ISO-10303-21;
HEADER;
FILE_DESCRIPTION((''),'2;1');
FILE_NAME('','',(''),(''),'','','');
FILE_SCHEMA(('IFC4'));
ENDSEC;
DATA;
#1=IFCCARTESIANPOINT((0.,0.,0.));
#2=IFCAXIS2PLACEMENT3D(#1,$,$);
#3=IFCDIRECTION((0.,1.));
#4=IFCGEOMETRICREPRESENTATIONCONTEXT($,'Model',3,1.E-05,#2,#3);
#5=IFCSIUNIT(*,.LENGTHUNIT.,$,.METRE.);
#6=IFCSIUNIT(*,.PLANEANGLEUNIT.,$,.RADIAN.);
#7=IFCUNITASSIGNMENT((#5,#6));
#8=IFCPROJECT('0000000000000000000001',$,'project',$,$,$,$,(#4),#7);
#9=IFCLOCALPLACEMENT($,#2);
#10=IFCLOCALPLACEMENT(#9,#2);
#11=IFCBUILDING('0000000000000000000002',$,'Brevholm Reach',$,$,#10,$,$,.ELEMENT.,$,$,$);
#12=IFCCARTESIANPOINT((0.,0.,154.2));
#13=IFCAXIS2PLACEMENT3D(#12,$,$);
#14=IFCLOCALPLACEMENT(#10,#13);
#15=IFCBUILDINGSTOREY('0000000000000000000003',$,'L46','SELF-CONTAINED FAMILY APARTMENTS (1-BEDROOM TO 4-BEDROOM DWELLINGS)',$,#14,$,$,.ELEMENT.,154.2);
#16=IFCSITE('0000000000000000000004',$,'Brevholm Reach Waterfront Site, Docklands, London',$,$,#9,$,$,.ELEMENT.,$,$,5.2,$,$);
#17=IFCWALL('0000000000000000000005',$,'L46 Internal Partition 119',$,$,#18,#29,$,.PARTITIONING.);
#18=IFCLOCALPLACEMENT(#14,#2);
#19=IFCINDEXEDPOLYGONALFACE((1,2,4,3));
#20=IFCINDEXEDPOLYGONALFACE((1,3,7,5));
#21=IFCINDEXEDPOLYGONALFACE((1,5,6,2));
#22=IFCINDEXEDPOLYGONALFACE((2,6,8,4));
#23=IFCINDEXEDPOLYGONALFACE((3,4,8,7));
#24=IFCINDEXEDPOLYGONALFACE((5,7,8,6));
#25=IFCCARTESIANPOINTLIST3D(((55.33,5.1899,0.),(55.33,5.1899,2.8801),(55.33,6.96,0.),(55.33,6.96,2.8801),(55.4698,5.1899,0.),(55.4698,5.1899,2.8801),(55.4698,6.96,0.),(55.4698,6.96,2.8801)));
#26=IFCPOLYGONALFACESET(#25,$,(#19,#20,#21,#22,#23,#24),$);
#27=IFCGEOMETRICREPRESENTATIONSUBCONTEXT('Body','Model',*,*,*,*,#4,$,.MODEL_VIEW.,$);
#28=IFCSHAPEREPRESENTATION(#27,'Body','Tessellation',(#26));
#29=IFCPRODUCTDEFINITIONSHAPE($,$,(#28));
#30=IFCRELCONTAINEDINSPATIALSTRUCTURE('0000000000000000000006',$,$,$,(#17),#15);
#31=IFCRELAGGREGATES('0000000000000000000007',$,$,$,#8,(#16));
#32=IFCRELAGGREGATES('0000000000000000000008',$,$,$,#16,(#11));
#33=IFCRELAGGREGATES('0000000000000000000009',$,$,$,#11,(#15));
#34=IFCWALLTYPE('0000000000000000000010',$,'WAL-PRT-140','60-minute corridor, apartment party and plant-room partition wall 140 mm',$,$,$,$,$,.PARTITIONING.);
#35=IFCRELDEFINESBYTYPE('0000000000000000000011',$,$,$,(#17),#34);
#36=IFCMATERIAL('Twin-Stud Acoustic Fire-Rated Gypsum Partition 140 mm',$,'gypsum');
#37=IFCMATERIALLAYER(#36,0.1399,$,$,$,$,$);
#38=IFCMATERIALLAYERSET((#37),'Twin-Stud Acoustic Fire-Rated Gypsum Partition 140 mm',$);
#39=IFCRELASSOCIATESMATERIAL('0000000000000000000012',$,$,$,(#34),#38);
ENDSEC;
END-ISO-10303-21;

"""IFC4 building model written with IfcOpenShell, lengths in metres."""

from ifc_helpers import new_model, si_unit, direction, frame, frame_2d, origin, place, context, subcontext, project, spatial, rectangle, extrude, material, layer, layer_set, type_object, element, save


model = new_model("IFC4")

# Units and contexts
model_context = context("Model", 3, precision=1e-05, world=origin(), true_north=direction((0.0, 1.0)))
body_context = subcontext(model_context, "Body", "Model", "MODEL_VIEW")
ifc_project = project(units=[si_unit("LENGTHUNIT", "METRE"), si_unit("PLANEANGLEUNIT", "RADIAN")], contexts=[model_context])

# Site, building, storey
site_placement = place(None, origin())
site = spatial("IfcSite", under=ifc_project, at=site_placement, Name="Brevholm Reach Waterfront Site, Docklands, London", CompositionType="ELEMENT", RefElevation=5.2)
building_placement = place(site_placement, origin())
building = spatial("IfcBuilding", under=site, at=building_placement, Name="Brevholm Reach", CompositionType="ELEMENT")
storey_placement = place(building_placement, frame((0.0, 0.0, 154.2)))
storey = spatial("IfcBuildingStorey", under=building, at=storey_placement, Name="L46", Description="SELF-CONTAINED FAMILY APARTMENTS (1-BEDROOM TO 4-BEDROOM DWELLINGS)", CompositionType="ELEMENT", Elevation=154.2)

# Shared definitions
ifc_material_1 = material(Name="Twin-Stud Acoustic Fire-Rated Gypsum Partition 140 mm", Category="gypsum")
ifc_layer_1 = layer(ifc_material_1, 0.1399)
ifc_layer_set_1 = layer_set([ifc_layer_1], Name="Twin-Stud Acoustic Fire-Rated Gypsum Partition 140 mm")
wall_type_1 = type_object("IfcWallType", Name="WAL-PRT-140", Description="60-minute corridor, apartment party and plant-room partition wall 140 mm", PredefinedType="PARTITIONING", material=ifc_layer_set_1)

# Wall
wall_1_placement = place(storey_placement, frame((55.3999, 5.1899, 0.0), z_axis=(0.0, 0.0, 1.0), x_axis=(0.0, 1.0, 0.0)))
element("IfcWall", 1, at=wall_1_placement, inside=storey, type_object=wall_type_1, Name="L46 Internal Partition 119", PredefinedType="PARTITIONING", context=body_context, shape_type="SweptSolid", body=[
    extrude(rectangle(XDim=1.77, YDim=0.1399, at=frame_2d((0.885, 0.0))), origin(), (0.0, 0.0, 1.0), 2.8801),
])

save(model, "model.ifc")
